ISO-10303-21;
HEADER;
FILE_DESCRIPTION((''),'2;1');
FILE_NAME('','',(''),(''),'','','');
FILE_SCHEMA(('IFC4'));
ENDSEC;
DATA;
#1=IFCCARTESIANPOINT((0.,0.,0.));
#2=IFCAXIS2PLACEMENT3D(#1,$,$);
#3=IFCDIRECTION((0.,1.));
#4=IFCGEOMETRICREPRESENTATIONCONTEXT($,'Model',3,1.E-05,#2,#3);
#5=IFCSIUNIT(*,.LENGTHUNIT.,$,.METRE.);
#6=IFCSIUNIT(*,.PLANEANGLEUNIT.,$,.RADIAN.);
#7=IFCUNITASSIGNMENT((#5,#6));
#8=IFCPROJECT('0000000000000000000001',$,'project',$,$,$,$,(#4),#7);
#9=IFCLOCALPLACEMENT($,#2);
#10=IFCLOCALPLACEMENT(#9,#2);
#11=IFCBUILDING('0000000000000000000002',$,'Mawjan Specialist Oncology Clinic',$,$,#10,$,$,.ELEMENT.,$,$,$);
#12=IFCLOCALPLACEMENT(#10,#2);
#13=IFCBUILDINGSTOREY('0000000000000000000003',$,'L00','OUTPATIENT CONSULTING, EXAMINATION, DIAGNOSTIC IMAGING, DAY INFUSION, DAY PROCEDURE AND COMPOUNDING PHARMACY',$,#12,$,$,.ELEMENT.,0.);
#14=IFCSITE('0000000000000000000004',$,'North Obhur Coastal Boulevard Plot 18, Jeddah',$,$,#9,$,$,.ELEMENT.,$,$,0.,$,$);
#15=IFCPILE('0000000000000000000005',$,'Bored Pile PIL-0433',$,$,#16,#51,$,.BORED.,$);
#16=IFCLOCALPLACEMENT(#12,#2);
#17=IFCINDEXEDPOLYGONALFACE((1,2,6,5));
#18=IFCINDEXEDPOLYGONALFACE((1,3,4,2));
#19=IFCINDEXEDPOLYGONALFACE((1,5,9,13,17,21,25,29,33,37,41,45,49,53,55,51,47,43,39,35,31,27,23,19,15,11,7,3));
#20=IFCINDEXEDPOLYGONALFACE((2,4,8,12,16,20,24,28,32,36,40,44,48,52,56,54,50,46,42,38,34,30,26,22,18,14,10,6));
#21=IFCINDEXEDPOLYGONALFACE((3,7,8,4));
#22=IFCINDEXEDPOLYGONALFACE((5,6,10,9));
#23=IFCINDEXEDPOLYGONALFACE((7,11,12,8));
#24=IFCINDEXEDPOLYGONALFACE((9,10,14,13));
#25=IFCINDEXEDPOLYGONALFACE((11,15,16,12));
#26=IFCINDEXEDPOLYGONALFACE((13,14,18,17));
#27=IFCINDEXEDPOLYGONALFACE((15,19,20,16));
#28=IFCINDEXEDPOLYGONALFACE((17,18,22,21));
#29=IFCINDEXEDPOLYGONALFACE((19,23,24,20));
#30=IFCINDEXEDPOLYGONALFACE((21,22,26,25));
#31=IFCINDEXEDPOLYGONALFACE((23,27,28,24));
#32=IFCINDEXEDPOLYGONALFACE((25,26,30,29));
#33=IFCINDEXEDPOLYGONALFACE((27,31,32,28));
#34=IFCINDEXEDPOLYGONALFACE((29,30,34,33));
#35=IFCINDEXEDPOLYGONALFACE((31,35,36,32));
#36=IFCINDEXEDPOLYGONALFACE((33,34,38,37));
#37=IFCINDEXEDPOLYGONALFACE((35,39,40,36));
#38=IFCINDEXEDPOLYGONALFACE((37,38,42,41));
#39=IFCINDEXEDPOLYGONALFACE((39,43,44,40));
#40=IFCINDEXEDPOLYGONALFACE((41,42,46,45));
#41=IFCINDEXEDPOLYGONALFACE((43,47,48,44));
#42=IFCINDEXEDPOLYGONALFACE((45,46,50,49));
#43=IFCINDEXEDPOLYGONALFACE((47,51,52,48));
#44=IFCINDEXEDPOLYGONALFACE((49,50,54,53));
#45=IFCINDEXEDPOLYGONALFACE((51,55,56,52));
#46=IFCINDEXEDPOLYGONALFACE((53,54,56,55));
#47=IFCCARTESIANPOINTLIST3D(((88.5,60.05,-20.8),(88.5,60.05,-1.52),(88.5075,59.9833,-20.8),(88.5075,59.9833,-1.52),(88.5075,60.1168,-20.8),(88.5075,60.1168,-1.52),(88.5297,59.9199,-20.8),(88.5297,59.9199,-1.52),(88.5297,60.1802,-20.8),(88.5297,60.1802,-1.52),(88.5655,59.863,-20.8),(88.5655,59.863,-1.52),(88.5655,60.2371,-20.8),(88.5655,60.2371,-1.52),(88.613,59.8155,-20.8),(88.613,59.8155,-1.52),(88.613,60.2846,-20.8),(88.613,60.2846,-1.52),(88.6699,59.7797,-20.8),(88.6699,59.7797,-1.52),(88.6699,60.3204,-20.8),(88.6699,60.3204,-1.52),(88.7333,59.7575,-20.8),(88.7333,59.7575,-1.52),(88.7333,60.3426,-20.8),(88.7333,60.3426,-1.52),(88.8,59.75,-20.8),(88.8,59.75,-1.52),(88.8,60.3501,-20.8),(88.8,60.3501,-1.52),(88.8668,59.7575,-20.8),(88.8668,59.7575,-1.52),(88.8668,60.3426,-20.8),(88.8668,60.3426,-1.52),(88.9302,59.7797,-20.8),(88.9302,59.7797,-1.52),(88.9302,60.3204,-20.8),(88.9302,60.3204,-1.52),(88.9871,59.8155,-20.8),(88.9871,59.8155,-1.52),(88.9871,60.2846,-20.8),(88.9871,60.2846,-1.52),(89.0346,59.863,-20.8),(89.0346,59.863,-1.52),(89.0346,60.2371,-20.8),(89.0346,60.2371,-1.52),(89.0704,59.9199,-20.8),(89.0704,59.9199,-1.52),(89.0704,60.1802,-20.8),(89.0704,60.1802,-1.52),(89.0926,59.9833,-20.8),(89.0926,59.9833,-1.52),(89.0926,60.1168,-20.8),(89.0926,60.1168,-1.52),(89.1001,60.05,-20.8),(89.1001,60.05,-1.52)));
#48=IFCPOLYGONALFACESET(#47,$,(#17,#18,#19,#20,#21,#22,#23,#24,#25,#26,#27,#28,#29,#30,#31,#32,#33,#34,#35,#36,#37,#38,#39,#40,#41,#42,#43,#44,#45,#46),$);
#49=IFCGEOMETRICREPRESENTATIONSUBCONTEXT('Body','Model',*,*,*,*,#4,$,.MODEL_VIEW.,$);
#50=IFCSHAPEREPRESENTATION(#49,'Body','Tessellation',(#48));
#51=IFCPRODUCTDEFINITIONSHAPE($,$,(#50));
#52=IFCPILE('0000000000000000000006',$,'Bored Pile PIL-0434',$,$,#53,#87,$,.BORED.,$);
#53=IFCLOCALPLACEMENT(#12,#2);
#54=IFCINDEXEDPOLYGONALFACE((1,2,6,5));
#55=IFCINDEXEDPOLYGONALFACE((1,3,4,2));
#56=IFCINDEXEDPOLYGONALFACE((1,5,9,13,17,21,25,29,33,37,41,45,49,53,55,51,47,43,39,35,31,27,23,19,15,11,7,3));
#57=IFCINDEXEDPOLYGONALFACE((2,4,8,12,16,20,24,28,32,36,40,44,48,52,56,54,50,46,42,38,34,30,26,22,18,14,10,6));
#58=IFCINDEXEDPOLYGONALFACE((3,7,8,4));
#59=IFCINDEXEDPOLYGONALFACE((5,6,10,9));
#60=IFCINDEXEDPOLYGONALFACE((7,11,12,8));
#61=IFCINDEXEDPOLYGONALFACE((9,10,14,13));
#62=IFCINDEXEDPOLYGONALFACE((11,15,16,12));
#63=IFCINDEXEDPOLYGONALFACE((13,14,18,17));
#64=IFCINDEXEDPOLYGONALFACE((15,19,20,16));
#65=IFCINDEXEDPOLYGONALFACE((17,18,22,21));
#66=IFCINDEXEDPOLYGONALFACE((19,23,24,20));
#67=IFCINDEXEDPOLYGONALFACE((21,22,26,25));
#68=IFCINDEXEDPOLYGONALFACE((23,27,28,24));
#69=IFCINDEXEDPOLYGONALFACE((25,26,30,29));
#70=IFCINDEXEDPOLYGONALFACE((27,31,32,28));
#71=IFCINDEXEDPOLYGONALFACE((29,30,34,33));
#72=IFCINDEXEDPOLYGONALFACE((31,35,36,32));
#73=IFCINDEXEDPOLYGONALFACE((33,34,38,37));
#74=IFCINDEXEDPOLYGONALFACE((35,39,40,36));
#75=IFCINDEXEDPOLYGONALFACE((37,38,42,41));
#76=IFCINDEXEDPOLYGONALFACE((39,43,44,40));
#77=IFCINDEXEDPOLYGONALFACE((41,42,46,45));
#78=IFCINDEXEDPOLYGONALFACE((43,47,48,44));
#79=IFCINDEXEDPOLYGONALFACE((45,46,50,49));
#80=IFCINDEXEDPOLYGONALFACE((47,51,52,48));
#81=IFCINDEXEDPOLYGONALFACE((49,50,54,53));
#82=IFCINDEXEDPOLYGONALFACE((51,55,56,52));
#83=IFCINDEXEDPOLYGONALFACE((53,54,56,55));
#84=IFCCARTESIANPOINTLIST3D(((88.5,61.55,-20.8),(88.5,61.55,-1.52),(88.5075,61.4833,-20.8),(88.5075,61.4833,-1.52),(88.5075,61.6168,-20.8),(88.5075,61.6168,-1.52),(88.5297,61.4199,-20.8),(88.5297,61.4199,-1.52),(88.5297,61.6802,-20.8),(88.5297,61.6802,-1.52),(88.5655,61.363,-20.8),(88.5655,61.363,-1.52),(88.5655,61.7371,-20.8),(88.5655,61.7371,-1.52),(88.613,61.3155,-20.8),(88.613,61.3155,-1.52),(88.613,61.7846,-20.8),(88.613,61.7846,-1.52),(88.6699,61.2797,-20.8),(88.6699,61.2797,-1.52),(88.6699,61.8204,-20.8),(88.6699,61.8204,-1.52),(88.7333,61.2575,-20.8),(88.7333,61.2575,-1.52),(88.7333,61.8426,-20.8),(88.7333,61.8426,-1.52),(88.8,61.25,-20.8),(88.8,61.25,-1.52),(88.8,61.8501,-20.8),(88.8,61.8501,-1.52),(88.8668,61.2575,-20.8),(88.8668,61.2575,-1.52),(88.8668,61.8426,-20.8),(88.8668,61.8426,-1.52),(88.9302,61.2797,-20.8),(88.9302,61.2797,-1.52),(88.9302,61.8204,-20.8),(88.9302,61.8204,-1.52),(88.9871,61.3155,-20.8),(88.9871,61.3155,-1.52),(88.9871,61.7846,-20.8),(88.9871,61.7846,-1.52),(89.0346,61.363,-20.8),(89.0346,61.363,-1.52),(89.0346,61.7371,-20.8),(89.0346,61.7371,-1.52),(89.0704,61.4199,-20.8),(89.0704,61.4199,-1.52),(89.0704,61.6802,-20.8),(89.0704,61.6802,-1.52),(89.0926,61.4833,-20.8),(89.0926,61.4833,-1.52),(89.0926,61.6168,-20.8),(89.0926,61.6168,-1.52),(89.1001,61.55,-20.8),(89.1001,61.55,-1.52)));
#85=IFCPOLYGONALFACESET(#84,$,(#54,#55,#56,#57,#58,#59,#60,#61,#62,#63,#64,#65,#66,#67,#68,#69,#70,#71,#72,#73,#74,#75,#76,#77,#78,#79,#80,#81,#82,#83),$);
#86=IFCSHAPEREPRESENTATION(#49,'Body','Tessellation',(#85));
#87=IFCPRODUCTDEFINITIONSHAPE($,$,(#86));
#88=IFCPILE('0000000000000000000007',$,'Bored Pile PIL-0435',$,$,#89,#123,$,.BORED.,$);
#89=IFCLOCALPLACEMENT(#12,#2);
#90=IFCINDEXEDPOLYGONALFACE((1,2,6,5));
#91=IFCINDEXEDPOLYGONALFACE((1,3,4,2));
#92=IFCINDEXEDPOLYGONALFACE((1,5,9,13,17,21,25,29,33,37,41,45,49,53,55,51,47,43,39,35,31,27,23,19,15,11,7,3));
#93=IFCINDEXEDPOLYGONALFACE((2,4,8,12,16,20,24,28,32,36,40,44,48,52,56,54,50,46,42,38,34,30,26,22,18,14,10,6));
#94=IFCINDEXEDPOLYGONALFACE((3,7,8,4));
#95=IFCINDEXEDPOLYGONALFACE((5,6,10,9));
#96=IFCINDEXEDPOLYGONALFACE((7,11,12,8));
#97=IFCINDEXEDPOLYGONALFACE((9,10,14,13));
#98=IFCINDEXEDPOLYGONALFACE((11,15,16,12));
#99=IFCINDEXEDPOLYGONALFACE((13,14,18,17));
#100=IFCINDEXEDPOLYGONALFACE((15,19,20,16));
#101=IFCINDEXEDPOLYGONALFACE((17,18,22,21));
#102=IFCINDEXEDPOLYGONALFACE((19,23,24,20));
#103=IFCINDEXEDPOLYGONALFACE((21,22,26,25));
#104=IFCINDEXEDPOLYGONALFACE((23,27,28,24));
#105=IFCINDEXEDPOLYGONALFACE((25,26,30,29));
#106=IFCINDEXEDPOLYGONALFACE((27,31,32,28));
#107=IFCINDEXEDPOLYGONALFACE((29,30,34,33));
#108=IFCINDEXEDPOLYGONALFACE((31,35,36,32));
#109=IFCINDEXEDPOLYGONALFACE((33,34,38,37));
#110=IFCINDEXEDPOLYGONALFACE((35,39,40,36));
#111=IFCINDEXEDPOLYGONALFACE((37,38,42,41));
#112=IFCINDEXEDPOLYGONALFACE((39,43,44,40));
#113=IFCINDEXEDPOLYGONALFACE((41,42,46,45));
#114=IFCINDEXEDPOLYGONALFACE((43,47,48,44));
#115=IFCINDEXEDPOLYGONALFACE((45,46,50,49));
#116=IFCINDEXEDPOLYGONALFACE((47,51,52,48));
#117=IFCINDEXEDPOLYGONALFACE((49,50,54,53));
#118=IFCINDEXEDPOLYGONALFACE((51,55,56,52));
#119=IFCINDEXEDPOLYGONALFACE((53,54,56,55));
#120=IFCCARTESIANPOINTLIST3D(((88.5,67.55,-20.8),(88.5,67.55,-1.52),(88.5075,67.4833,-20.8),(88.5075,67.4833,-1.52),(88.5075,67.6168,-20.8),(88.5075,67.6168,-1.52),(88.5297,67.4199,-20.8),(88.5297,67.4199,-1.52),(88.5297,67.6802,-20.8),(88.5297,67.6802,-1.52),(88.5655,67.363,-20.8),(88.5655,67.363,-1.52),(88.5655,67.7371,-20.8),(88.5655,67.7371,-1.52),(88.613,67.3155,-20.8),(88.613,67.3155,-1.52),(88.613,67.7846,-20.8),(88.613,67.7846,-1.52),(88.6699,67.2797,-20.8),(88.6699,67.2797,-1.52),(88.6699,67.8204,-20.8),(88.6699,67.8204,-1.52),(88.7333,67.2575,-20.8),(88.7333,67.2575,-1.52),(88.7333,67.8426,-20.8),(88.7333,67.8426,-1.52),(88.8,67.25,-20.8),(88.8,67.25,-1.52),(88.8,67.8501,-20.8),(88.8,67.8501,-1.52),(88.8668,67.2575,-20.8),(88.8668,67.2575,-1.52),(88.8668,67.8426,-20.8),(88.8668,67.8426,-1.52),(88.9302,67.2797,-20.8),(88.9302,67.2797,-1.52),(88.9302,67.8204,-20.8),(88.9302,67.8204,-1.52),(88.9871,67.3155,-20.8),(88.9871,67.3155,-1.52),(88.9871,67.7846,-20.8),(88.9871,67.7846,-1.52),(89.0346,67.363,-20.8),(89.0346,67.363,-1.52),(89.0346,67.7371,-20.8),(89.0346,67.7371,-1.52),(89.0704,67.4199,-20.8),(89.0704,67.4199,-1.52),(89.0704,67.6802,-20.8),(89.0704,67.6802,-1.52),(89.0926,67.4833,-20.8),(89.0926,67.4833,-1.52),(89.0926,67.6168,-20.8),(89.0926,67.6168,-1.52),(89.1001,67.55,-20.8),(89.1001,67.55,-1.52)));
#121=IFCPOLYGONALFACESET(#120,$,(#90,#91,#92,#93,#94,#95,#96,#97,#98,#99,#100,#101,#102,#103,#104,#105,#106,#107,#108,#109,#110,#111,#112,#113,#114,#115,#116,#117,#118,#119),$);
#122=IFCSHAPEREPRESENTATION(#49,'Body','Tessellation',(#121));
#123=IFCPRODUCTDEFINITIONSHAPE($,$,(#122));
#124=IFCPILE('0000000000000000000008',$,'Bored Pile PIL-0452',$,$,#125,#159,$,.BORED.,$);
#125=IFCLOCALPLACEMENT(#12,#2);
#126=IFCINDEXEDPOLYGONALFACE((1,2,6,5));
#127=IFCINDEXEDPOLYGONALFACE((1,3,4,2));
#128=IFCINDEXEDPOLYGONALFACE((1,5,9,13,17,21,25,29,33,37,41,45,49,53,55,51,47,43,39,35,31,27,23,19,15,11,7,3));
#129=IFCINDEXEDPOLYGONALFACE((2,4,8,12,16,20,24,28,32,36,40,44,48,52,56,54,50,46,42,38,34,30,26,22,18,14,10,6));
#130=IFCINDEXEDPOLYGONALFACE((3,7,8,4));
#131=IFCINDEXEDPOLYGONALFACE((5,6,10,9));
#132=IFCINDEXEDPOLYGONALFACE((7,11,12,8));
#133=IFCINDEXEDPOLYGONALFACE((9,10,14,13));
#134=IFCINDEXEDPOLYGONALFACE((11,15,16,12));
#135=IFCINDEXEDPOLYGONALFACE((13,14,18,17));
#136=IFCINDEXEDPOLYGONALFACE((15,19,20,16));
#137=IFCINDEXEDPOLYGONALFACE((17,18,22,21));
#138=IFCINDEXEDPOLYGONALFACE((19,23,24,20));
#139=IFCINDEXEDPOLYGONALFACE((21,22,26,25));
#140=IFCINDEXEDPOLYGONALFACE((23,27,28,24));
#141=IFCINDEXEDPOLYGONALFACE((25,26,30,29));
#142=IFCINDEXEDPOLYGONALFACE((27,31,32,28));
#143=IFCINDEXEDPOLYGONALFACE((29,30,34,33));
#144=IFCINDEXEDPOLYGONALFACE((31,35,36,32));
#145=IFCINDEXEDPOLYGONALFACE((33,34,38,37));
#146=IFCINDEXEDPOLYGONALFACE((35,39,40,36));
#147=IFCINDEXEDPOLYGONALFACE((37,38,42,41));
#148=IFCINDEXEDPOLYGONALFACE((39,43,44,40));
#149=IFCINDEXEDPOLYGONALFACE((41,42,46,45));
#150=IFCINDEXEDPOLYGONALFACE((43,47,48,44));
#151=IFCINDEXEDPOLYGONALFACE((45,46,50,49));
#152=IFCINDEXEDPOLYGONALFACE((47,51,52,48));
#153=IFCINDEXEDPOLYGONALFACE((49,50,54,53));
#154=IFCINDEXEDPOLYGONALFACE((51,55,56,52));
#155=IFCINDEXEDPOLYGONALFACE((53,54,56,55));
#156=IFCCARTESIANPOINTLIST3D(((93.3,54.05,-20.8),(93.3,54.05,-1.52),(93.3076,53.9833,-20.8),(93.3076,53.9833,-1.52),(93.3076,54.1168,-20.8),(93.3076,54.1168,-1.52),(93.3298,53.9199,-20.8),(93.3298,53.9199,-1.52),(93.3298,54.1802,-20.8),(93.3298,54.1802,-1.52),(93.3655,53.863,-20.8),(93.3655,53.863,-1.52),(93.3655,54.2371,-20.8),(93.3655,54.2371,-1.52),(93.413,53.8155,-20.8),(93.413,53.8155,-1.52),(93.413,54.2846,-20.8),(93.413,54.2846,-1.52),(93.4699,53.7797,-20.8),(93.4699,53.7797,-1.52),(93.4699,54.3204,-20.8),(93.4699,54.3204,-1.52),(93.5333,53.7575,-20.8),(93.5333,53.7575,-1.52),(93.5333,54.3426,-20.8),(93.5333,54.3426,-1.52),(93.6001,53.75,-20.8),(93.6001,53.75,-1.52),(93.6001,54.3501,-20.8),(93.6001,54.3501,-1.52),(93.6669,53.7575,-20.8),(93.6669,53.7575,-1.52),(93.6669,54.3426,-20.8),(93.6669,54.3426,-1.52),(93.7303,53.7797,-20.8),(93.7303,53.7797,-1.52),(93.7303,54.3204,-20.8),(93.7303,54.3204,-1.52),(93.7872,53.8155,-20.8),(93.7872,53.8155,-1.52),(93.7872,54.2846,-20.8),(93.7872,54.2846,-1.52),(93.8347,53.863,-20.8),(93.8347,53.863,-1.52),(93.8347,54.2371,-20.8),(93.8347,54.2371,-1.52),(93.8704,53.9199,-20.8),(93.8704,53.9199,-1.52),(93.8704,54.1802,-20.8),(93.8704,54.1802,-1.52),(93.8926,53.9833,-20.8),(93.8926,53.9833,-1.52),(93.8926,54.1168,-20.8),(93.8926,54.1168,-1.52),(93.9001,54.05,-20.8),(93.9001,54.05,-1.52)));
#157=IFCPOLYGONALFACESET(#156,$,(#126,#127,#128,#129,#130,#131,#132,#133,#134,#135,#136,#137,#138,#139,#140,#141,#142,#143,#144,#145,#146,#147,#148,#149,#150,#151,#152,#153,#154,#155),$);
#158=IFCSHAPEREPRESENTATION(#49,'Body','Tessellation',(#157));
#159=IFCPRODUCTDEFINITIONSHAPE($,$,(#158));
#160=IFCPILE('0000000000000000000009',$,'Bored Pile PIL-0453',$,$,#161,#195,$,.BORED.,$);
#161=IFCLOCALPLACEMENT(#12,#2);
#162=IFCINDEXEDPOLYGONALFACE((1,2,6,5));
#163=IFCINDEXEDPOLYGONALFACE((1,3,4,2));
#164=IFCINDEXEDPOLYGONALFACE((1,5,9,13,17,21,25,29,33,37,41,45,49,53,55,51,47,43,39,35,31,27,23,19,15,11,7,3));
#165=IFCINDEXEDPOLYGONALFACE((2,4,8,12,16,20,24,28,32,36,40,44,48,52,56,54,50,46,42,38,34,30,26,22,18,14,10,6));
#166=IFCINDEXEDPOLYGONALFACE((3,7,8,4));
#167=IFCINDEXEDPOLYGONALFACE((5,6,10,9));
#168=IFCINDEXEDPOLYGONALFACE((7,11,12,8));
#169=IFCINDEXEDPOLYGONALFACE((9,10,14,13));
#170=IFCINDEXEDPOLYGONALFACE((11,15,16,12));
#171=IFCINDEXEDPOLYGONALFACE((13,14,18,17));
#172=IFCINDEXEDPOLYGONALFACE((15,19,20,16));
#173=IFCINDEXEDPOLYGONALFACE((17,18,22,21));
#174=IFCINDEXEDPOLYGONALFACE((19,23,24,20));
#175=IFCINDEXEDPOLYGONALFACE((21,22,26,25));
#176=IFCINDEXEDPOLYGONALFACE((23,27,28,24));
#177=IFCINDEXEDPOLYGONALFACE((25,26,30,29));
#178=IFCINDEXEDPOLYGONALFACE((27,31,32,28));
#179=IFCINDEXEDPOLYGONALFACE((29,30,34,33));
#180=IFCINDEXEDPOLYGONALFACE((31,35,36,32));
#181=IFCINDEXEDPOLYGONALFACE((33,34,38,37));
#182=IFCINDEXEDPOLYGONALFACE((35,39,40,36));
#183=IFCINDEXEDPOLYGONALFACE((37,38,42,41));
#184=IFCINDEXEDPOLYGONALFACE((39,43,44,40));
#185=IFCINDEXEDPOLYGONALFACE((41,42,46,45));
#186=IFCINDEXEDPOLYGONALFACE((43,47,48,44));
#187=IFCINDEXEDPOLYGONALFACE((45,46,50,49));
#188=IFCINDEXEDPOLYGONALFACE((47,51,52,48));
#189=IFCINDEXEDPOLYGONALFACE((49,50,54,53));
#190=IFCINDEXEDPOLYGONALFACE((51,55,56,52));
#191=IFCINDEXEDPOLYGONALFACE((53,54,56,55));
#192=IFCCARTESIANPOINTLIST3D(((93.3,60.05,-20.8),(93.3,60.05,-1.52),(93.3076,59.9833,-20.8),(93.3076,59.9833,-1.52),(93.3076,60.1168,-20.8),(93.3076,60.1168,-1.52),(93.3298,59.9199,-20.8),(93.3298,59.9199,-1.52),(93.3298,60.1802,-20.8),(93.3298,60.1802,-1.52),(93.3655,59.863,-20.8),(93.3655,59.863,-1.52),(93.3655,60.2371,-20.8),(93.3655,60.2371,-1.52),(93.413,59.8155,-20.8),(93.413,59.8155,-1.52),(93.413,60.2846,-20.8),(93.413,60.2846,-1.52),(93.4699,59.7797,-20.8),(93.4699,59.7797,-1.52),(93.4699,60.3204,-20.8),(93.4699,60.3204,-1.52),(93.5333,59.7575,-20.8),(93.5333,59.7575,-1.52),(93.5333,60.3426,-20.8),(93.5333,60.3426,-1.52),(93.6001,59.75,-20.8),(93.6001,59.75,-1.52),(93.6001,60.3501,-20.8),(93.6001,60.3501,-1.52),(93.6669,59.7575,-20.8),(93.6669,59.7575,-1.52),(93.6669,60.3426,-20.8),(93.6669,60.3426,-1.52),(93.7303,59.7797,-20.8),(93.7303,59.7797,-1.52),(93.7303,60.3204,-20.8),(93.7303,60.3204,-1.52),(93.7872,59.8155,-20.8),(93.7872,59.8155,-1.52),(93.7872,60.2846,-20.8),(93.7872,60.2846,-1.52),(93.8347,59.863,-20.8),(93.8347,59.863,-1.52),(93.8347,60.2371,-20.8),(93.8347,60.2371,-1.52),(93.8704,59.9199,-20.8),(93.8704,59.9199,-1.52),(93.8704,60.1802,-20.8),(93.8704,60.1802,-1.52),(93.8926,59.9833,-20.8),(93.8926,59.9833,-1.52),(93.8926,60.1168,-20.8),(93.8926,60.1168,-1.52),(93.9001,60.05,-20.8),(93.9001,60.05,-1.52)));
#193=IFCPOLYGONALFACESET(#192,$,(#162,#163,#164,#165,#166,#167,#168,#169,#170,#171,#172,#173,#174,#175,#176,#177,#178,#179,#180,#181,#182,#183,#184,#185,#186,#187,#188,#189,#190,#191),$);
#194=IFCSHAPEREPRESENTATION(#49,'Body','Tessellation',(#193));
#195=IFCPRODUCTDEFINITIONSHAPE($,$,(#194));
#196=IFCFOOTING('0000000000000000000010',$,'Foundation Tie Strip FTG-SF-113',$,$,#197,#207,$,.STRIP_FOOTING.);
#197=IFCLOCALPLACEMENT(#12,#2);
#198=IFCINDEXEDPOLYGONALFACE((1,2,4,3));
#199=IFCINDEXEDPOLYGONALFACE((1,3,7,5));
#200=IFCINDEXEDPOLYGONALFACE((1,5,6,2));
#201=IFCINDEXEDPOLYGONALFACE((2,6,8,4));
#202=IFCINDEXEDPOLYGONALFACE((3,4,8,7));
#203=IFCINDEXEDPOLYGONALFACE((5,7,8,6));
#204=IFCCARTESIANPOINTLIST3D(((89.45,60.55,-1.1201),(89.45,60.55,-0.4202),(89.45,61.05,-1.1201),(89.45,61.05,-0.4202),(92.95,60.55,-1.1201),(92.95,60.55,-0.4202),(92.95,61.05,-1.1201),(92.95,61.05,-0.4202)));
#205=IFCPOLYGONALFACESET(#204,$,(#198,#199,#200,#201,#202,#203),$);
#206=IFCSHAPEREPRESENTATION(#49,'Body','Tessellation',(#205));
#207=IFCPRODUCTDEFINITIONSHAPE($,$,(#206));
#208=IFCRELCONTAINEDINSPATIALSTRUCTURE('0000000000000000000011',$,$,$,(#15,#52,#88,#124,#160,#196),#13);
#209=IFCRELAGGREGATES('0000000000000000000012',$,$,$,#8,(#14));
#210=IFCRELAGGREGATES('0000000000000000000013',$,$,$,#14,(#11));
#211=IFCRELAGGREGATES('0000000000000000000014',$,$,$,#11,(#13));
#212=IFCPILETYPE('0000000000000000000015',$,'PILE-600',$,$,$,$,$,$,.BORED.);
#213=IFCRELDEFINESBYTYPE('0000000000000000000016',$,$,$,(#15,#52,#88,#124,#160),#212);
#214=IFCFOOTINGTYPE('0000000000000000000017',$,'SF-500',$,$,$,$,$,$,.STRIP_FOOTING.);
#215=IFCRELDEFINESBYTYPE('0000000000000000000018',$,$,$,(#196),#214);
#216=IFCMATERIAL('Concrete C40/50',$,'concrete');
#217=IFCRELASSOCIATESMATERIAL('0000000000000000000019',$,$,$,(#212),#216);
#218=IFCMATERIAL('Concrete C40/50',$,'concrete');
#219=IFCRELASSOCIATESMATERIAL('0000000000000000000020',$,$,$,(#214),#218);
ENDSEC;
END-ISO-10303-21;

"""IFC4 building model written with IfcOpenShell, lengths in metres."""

from ifc_helpers import new_model, si_unit, direction, frame, origin, origin_2d, place, context, subcontext, project, spatial, rectangle, circle, extrude, material, material_profile, profile_set, type_object, element, save


model = new_model("IFC4")

# Units and contexts
model_context = context("Model", 3, precision=1e-05, world=origin(), true_north=direction((0.0, 1.0)))
body_context = subcontext(model_context, "Body", "Model", "MODEL_VIEW")
ifc_project = project(units=[si_unit("LENGTHUNIT", "METRE"), si_unit("PLANEANGLEUNIT", "RADIAN")], contexts=[model_context])

# Site, building, storey
site_placement = place(None, origin())
site = spatial("IfcSite", under=ifc_project, at=site_placement, Name="North Obhur Coastal Boulevard Plot 18, Jeddah", CompositionType="ELEMENT", RefElevation=0.0)
building_placement = place(site_placement, origin())
building = spatial("IfcBuilding", under=site, at=building_placement, Name="Mawjan Specialist Oncology Clinic", CompositionType="ELEMENT")
storey_placement = place(building_placement, origin())
storey = spatial("IfcBuildingStorey", under=building, at=storey_placement, Name="L00", Description="OUTPATIENT CONSULTING, EXAMINATION, DIAGNOSTIC IMAGING, DAY INFUSION, DAY PROCEDURE AND COMPOUNDING PHARMACY", CompositionType="ELEMENT", Elevation=0.0)

# Piles
ifc_material_1 = material(Name="Concrete C40/50", Category="concrete")
ifc_material_profile_1 = material_profile(ifc_material_1, circle(Radius=0.3, at=origin_2d()), Name="BORED PILE D600", Category="concrete")
ifc_profile_set_1 = profile_set([ifc_material_profile_1], Name="Concrete C40/50")
pile_type = type_object("IfcPileType", Name="PILE-600", PredefinedType="BORED", material=ifc_profile_set_1)
for number, where, z_axis, x_axis, name in (
    (1, (88.8, 60.05, -1.52), (0.0, 0.0, -1.0), (1.0, 0.0, 0.0), "Bored Pile PIL-0433"),
    (2, (88.8, 61.55, -1.52), (0.0, 0.0, -1.0), (1.0, 0.0, 0.0), "Bored Pile PIL-0434"),
    (3, (88.8, 67.55, -1.52), (0.0, 0.0, -1.0), (1.0, 0.0, 0.0), "Bored Pile PIL-0435"),
    (4, (93.6001, 54.05, -1.52), (0.0, 0.0, -1.0), (1.0, 0.0, 0.0), "Bored Pile PIL-0452"),
    (5, (93.6001, 60.05, -1.52), (0.0, 0.0, -1.0), (1.0, 0.0, 0.0), "Bored Pile PIL-0453"),
):
    element("IfcPile", number, at=place(storey_placement, frame(where, z_axis=z_axis, x_axis=x_axis)), inside=storey, type_object=pile_type, Name=name, PredefinedType="BORED", context=body_context, shape_type="SweptSolid", body=[
        extrude(circle(Radius=0.3, at=origin_2d()), origin(), (0.0, 0.0, 1.0), 19.28),
    ])

# Footing
ifc_material_2 = material(Name="Concrete C40/50", Category="concrete")
footing_type_1 = type_object("IfcFootingType", Name="SF-500", PredefinedType="STRIP_FOOTING", material=ifc_material_2)
footing_1_placement = place(storey_placement, frame((91.2, 60.8, -1.1201), z_axis=(0.0, 0.0, 1.0), x_axis=(1.0, 0.0, 0.0)))
element("IfcFooting", 6, at=footing_1_placement, inside=storey, type_object=footing_type_1, Name="Foundation Tie Strip FTG-SF-113", PredefinedType="STRIP_FOOTING", context=body_context, shape_type="SweptSolid", body=[
    extrude(rectangle(XDim=3.5, YDim=0.5, at=origin_2d()), origin(), (0.0, 0.0, 1.0), 0.7),
])

save(model, "model.ifc")
